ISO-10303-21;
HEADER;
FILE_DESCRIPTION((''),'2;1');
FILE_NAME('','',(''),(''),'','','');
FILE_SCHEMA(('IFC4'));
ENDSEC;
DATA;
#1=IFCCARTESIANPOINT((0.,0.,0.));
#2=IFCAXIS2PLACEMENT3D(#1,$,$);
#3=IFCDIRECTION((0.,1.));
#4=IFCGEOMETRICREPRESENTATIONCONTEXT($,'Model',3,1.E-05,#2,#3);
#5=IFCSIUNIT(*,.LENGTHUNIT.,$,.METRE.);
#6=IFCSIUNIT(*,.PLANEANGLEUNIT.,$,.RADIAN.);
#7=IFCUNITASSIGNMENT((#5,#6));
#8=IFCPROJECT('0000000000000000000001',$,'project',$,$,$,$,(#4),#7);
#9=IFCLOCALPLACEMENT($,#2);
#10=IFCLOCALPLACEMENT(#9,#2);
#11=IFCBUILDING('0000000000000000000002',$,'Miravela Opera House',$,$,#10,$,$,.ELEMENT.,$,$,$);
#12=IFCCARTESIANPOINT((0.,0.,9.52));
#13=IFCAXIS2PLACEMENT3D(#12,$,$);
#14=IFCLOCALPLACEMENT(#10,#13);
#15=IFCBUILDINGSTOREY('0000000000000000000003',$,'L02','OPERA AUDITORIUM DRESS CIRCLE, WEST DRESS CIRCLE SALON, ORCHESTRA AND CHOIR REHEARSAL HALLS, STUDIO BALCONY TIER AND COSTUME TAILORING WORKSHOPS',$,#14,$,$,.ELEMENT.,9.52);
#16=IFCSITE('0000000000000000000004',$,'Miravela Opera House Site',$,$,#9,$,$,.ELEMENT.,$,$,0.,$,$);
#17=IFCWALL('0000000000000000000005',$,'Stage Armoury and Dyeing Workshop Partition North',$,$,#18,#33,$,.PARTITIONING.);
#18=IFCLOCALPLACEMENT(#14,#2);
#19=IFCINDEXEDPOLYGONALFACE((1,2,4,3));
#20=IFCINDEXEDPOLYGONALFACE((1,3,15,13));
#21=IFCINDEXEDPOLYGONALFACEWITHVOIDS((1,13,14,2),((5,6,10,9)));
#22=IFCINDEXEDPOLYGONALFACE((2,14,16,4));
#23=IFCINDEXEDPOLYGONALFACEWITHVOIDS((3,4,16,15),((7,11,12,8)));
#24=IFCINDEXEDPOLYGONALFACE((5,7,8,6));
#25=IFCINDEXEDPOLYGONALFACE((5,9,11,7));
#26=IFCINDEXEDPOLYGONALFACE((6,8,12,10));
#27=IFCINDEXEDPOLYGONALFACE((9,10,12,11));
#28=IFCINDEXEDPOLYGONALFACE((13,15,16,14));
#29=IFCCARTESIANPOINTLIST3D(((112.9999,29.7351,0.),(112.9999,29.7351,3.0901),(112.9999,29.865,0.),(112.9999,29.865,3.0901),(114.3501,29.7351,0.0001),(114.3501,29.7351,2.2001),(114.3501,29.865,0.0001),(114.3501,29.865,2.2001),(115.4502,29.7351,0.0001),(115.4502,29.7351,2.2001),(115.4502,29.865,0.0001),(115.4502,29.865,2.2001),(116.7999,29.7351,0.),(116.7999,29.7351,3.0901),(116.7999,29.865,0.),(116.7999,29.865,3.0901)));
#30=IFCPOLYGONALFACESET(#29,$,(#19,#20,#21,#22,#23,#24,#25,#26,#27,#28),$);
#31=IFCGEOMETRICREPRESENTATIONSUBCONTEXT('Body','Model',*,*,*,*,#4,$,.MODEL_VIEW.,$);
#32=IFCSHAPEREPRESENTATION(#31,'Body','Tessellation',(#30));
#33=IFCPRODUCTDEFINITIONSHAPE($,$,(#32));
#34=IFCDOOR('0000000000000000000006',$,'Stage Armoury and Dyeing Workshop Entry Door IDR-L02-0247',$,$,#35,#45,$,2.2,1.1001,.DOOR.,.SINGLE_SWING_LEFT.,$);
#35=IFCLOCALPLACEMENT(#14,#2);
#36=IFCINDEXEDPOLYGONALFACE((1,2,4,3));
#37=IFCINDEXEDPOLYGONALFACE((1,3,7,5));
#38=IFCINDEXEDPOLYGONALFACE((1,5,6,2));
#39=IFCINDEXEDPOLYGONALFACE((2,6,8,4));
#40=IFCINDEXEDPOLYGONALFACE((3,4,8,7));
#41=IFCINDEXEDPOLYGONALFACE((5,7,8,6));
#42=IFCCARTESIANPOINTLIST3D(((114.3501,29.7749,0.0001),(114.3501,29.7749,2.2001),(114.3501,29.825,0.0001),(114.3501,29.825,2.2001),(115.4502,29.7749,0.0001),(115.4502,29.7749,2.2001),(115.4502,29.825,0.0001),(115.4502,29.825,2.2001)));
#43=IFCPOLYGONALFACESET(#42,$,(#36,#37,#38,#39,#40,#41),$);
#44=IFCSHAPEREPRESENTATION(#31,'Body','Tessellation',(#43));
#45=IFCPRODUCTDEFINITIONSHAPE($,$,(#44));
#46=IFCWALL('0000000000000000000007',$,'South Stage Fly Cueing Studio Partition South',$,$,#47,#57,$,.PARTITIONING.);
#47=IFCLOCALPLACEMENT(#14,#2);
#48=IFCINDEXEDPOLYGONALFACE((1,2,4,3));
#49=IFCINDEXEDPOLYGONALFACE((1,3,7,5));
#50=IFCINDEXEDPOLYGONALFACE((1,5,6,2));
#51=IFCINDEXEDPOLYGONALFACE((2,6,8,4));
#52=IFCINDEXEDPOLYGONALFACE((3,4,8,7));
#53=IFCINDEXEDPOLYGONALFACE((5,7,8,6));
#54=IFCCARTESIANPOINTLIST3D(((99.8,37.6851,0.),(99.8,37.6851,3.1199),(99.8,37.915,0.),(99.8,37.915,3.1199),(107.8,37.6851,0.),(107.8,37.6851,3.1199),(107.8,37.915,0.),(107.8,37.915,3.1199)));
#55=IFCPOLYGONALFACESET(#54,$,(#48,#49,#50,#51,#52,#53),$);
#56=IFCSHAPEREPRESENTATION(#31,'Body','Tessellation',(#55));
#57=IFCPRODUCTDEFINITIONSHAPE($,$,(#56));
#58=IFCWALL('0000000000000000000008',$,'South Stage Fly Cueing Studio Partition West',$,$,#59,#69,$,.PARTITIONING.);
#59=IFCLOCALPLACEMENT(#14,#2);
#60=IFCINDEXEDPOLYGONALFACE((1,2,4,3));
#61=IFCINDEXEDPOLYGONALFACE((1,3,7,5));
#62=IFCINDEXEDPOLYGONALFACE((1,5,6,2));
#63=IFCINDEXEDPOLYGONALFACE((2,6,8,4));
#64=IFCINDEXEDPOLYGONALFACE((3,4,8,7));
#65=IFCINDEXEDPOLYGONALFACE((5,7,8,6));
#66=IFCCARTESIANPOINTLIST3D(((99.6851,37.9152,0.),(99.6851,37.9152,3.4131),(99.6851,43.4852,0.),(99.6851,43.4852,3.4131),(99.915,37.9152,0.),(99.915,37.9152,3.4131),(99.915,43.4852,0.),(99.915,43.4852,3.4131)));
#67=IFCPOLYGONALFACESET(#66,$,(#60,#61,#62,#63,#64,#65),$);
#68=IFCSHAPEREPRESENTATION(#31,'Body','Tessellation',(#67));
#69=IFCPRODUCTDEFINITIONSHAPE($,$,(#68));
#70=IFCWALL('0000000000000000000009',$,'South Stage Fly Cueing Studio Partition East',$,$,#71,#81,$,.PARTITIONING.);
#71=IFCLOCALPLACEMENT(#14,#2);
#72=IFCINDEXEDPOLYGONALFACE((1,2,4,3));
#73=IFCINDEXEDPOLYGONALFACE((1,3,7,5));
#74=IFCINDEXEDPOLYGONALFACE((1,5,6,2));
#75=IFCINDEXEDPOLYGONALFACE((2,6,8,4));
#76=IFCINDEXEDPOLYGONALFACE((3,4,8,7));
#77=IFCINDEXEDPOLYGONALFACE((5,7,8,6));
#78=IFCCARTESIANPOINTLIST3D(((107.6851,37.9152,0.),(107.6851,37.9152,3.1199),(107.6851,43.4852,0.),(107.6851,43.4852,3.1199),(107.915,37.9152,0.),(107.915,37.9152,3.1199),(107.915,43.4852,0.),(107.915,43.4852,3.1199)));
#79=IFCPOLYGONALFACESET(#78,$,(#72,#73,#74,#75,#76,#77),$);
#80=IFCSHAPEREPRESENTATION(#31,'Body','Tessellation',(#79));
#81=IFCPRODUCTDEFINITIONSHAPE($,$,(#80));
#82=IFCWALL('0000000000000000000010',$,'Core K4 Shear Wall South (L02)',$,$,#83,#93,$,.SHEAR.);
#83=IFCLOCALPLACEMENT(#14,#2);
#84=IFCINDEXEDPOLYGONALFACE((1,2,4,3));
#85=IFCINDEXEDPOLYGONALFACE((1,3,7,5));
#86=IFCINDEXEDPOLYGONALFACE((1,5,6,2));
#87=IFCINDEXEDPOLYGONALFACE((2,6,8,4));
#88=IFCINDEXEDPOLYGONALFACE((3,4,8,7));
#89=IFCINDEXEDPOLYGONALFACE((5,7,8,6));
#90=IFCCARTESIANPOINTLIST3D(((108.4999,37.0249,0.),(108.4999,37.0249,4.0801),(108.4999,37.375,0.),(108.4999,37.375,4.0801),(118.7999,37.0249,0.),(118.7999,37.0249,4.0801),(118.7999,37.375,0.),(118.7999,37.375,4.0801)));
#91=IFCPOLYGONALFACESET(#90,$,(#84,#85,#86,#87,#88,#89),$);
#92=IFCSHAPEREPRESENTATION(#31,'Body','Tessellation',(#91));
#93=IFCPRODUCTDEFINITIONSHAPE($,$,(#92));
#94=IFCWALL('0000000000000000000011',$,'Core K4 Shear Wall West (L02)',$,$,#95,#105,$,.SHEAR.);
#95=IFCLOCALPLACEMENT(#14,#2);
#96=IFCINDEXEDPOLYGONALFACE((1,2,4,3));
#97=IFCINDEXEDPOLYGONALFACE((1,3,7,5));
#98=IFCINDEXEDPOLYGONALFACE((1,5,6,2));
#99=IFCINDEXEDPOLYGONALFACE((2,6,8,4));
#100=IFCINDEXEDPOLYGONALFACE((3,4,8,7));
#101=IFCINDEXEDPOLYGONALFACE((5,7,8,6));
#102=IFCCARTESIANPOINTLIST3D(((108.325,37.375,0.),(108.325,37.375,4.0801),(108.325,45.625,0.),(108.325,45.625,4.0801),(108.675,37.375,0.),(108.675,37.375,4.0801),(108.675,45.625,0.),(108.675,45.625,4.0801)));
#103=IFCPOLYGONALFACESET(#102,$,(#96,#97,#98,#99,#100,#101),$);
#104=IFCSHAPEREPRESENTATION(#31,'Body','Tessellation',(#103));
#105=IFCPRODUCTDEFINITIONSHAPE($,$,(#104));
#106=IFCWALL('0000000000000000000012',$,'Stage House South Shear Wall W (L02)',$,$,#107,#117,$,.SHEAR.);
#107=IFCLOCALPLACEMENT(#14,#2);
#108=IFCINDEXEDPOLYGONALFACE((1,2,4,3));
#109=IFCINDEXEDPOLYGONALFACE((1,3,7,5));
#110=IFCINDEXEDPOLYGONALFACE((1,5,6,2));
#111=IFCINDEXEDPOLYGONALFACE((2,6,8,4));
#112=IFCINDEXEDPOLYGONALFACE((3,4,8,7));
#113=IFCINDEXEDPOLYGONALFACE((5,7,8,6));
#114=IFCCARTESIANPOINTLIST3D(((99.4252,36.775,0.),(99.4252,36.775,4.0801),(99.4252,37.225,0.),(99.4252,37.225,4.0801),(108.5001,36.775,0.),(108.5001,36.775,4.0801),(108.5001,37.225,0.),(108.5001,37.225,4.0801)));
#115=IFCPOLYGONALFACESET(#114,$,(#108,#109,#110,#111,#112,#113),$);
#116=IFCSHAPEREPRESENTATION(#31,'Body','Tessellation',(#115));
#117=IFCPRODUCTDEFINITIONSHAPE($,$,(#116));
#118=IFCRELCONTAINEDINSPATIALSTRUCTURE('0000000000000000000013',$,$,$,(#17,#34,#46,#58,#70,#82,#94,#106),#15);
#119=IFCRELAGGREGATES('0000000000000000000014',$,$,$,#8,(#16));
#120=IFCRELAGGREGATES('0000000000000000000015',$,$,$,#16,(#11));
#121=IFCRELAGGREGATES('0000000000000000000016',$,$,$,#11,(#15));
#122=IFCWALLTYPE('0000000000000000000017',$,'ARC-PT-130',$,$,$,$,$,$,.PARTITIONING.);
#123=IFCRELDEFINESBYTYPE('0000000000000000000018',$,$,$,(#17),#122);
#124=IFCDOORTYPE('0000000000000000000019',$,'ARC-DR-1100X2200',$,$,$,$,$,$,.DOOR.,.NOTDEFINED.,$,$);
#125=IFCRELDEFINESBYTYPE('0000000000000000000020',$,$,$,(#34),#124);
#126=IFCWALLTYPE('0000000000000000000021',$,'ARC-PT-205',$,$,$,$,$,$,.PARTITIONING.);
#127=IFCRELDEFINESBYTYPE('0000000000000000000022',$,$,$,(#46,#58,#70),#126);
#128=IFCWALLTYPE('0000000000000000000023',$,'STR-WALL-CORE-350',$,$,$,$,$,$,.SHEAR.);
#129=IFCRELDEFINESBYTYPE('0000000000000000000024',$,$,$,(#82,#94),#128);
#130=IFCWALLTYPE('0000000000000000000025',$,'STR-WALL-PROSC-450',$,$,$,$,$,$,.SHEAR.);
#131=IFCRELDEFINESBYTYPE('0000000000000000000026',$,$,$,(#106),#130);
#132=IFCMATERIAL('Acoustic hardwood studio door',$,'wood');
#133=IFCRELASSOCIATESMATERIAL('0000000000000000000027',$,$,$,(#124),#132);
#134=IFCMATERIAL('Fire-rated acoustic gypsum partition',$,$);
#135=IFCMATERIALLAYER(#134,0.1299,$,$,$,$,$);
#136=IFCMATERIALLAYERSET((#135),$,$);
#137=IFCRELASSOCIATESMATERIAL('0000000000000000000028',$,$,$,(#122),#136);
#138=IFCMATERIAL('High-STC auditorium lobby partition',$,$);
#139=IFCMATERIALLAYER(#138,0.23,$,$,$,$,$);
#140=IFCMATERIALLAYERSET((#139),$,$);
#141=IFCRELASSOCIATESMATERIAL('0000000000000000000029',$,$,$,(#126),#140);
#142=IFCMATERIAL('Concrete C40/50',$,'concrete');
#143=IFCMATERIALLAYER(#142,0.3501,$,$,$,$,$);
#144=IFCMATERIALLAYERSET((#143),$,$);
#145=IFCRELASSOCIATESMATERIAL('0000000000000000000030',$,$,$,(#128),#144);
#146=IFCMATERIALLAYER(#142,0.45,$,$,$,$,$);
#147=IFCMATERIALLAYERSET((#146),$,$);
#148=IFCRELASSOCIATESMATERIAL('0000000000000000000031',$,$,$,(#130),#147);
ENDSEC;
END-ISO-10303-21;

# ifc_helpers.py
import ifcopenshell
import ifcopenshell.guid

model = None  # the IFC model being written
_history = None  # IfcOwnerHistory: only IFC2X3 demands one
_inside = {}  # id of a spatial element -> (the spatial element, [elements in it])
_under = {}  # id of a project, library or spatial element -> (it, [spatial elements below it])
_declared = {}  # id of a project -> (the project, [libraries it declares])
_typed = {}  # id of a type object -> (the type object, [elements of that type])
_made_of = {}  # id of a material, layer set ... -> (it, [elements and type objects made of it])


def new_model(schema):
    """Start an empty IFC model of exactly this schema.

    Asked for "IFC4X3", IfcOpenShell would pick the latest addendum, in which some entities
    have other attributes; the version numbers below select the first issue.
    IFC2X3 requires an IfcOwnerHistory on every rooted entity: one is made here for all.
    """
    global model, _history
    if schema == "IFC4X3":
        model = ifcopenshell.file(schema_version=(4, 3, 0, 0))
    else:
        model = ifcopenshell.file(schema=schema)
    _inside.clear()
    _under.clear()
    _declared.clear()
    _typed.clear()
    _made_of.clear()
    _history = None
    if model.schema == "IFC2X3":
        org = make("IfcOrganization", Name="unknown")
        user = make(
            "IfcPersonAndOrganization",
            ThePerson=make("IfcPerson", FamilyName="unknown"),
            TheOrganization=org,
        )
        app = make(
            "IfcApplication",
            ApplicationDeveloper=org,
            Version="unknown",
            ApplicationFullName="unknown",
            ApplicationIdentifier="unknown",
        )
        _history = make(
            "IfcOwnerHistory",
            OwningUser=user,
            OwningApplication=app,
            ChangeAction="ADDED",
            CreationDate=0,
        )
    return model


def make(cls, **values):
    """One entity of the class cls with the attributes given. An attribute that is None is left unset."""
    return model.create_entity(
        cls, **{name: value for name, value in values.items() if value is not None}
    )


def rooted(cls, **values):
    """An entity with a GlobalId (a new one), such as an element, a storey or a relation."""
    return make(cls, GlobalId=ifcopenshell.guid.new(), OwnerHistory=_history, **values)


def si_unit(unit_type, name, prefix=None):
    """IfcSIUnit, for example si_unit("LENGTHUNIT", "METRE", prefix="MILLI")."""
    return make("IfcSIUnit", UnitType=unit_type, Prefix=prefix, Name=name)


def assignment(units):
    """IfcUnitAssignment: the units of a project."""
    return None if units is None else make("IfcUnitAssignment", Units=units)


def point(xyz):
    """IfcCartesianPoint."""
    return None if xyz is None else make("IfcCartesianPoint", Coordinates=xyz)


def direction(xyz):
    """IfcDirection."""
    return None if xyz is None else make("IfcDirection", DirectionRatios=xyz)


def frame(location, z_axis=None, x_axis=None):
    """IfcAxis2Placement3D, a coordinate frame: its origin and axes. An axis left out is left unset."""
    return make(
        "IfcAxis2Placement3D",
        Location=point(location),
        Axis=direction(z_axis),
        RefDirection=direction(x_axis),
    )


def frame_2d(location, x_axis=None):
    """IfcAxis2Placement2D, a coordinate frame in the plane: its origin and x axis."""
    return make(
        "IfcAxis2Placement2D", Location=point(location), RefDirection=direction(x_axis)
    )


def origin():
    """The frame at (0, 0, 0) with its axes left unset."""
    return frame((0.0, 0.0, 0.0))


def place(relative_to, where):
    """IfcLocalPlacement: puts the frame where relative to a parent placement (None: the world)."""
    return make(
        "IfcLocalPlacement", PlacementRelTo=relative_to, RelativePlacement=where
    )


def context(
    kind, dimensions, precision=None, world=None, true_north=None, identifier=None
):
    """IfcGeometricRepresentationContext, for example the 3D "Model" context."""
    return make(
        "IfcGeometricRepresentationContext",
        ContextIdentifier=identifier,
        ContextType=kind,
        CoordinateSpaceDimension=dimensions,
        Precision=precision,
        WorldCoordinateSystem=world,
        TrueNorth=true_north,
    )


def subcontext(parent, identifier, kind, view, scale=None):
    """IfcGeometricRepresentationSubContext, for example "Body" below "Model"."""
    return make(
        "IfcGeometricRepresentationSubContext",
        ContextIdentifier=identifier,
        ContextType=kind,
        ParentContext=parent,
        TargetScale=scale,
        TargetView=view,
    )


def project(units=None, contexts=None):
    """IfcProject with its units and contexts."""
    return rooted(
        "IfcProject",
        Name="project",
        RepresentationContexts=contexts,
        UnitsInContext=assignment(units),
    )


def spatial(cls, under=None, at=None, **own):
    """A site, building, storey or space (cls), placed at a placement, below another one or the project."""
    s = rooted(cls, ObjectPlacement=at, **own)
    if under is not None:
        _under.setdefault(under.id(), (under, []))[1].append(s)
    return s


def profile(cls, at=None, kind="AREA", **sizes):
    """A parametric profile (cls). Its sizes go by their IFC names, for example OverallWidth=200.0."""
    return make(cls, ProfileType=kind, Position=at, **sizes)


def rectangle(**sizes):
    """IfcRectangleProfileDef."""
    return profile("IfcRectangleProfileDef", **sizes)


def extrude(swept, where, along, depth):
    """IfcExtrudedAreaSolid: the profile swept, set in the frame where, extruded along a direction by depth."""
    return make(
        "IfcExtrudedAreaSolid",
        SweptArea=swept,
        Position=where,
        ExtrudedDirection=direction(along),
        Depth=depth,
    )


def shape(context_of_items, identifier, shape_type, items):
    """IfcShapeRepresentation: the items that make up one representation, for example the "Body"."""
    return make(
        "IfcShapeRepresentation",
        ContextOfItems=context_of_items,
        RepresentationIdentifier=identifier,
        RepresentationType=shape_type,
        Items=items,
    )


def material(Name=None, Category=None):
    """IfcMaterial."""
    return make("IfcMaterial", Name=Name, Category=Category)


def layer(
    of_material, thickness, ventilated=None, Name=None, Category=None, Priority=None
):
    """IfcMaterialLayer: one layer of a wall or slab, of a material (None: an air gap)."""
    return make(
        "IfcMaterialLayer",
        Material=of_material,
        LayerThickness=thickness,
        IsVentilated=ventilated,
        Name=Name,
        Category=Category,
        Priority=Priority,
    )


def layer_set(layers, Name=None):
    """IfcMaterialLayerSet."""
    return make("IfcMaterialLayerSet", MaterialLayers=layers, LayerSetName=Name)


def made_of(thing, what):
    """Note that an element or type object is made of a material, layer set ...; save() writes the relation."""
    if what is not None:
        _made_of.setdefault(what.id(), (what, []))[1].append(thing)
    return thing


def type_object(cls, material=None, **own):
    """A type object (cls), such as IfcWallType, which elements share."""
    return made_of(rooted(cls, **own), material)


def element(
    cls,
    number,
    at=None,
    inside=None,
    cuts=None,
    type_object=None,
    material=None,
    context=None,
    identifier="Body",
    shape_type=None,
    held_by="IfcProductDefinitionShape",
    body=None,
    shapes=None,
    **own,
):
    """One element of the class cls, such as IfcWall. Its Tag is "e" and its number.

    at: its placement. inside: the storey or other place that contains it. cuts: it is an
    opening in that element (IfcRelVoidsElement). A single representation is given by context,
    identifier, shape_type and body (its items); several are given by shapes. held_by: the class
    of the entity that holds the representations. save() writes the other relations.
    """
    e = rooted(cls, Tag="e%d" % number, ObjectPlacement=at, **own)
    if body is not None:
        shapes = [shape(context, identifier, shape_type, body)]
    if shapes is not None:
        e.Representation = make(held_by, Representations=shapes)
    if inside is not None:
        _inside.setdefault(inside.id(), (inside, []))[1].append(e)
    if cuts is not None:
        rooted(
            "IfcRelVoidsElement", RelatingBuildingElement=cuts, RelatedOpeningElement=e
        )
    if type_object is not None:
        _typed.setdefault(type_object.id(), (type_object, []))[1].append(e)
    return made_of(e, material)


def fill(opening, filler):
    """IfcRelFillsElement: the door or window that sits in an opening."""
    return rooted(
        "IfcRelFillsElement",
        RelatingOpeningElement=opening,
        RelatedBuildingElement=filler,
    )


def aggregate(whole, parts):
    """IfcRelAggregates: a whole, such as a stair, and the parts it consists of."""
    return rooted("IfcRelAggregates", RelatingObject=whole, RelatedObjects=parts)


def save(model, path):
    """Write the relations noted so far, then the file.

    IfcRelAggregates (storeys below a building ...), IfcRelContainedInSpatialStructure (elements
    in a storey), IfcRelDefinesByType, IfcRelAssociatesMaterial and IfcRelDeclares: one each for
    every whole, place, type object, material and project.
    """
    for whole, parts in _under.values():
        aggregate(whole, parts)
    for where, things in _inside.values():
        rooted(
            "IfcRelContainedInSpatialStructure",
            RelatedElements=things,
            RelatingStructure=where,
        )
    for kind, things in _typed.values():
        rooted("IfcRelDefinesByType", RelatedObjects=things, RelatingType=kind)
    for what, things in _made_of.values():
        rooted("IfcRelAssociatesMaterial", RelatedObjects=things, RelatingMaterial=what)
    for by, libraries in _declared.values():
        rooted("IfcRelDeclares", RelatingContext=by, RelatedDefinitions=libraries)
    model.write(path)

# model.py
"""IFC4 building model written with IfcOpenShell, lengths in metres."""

from ifc_helpers import new_model, si_unit, direction, frame, frame_2d, origin, place, context, subcontext, project, spatial, rectangle, extrude, material, layer, layer_set, type_object, element, fill, save


model = new_model("IFC4")

# Units and contexts
model_context = context("Model", 3, precision=1e-05, world=origin(), true_north=direction((0.0, 1.0)))
body_context = subcontext(model_context, "Body", "Model", "MODEL_VIEW")
ifc_project = project(units=[si_unit("LENGTHUNIT", "METRE"), si_unit("PLANEANGLEUNIT", "RADIAN")], contexts=[model_context])

# Site, building, storey
site_placement = place(None, origin())
site = spatial("IfcSite", under=ifc_project, at=site_placement, Name="Miravela Opera House Site", CompositionType="ELEMENT", RefElevation=0.0)
building_placement = place(site_placement, origin())
building = spatial("IfcBuilding", under=site, at=building_placement, Name="Miravela Opera House", CompositionType="ELEMENT")
storey_placement = place(building_placement, frame((0.0, 0.0, 9.52)))
storey = spatial("IfcBuildingStorey", under=building, at=storey_placement, Name="L02", Description="OPERA AUDITORIUM DRESS CIRCLE, WEST DRESS CIRCLE SALON, ORCHESTRA AND CHOIR REHEARSAL HALLS, STUDIO BALCONY TIER AND COSTUME TAILORING WORKSHOPS", CompositionType="ELEMENT", Elevation=9.52)

# Shared definitions
ifc_material_1 = material(Name="Concrete C40/50", Category="concrete")

# Shared definitions
ifc_material_2 = material(Name="Acoustic hardwood studio door", Category="wood")
door_type = type_object("IfcDoorType", Name="ARC-DR-1100X2200", OperationType="NOTDEFINED", PredefinedType="DOOR", material=ifc_material_2)

# Wall, opening, door
ifc_material_3 = material(Name="Fire-rated acoustic gypsum partition")
ifc_layer_1 = layer(ifc_material_3, 0.1299)
ifc_layer_set_1 = layer_set([ifc_layer_1])
wall_type_1 = type_object("IfcWallType", Name="ARC-PT-130", PredefinedType="PARTITIONING", material=ifc_layer_set_1)
wall_1_placement = place(storey_placement, frame((113.0, 29.8, 0.0), z_axis=(0.0, 0.0, 1.0), x_axis=(1.0, 0.0, 0.0)))
wall_1 = element("IfcWall", 1, at=wall_1_placement, inside=storey, type_object=wall_type_1, Name="Stage Armoury and Dyeing Workshop Partition North", PredefinedType="PARTITIONING", context=body_context, shape_type="SweptSolid", body=[
    extrude(rectangle(XDim=3.8, YDim=0.1299, at=frame_2d((1.8999, 0.0))), origin(), (0.0, 0.0, 1.0), 3.0901),
])
opening_1_placement = place(wall_1_placement, frame((1.3501, 0.0, 0.0)))
opening_1 = element("IfcOpeningElement", 2, at=opening_1_placement, cuts=wall_1, PredefinedType="OPENING", context=body_context, shape_type="SweptSolid", body=[
    extrude(rectangle(XDim=1.1001, YDim=2.2, at=frame_2d((0.55, 1.1001))), frame((0.0, 0.075, 0.0), z_axis=(0.0, -1.0, 0.0), x_axis=(1.0, 0.0, 0.0)), (0.0, 0.0, 1.0), 0.1499),
])
door_1_placement = place(opening_1_placement, origin())
door_1 = element("IfcDoor", 3, at=door_1_placement, inside=storey, type_object=door_type, Name="Stage Armoury and Dyeing Workshop Entry Door IDR-L02-0247", OperationType="SINGLE_SWING_LEFT", OverallHeight=2.2, OverallWidth=1.1001, PredefinedType="DOOR", context=body_context, shape_type="SweptSolid", body=[
    extrude(rectangle(XDim=1.1001, YDim=2.2, at=frame_2d((0.55, 1.1001))), frame((0.0, 0.0249, 0.0), z_axis=(0.0, -1.0, 0.0), x_axis=(1.0, 0.0, 0.0)), (0.0, 0.0, 1.0), 0.05),
])
fill(opening_1, door_1)

# Walls
ifc_material_4 = material(Name="High-STC auditorium lobby partition")
ifc_layer_2 = layer(ifc_material_4, 0.23)
ifc_layer_set_2 = layer_set([ifc_layer_2])
wall_type_2 = type_object("IfcWallType", Name="ARC-PT-205", PredefinedType="PARTITIONING", material=ifc_layer_set_2)
wall_2_placement = place(storey_placement, frame((99.8, 37.8, 0.0), z_axis=(0.0, 0.0, 1.0), x_axis=(1.0, 0.0, 0.0)))
element("IfcWall", 4, at=wall_2_placement, inside=storey, type_object=wall_type_2, Name="South Stage Fly Cueing Studio Partition South", PredefinedType="PARTITIONING", context=body_context, shape_type="SweptSolid", body=[
    extrude(rectangle(XDim=8.0, YDim=0.23, at=frame_2d((4.0, 0.0))), origin(), (0.0, 0.0, 1.0), 3.1199),
])
wall_3_placement = place(storey_placement, frame((99.8, 37.915, 0.0), z_axis=(0.0, 0.0, 1.0), x_axis=(0.0, 1.0, 0.0)))
element("IfcWall", 5, at=wall_3_placement, inside=storey, type_object=wall_type_2, Name="South Stage Fly Cueing Studio Partition West", PredefinedType="PARTITIONING", context=body_context, shape_type="SweptSolid", body=[
    extrude(rectangle(XDim=5.5701, YDim=0.23, at=frame_2d((2.7852, 0.0))), origin(), (0.0, 0.0, 1.0), 3.4131),
])
wall_4_placement = place(storey_placement, frame((107.8, 37.915, 0.0), z_axis=(0.0, 0.0, 1.0), x_axis=(0.0, 1.0, 0.0)))
element("IfcWall", 6, at=wall_4_placement, inside=storey, type_object=wall_type_2, Name="South Stage Fly Cueing Studio Partition East", PredefinedType="PARTITIONING", context=body_context, shape_type="SweptSolid", body=[
    extrude(rectangle(XDim=5.5701, YDim=0.23, at=frame_2d((2.7852, 0.0))), origin(), (0.0, 0.0, 1.0), 3.1199),
])
ifc_layer_3 = layer(ifc_material_1, 0.3501)
ifc_layer_set_3 = layer_set([ifc_layer_3])
wall_type_3 = type_object("IfcWallType", Name="STR-WALL-CORE-350", PredefinedType="SHEAR", material=ifc_layer_set_3)
wall_5_placement = place(storey_placement, frame((108.5, 37.2, 0.0), z_axis=(0.0, 0.0, 1.0), x_axis=(1.0, 0.0, 0.0)))
element("IfcWall", 7, at=wall_5_placement, inside=storey, type_object=wall_type_3, Name="Core K4 Shear Wall South (L02)", PredefinedType="SHEAR", context=body_context, shape_type="SweptSolid", body=[
    extrude(rectangle(XDim=10.3, YDim=0.3501, at=frame_2d((5.1499, 0.0))), origin(), (0.0, 0.0, 1.0), 4.0801),
])
wall_6_placement = place(storey_placement, frame((108.5, 37.375, 0.0), z_axis=(0.0, 0.0, 1.0), x_axis=(0.0, 1.0, 0.0)))
element("IfcWall", 8, at=wall_6_placement, inside=storey, type_object=wall_type_3, Name="Core K4 Shear Wall West (L02)", PredefinedType="SHEAR", context=body_context, shape_type="SweptSolid", body=[
    extrude(rectangle(XDim=8.25, YDim=0.3501, at=frame_2d((4.125, 0.0))), origin(), (0.0, 0.0, 1.0), 4.0801),
])
ifc_layer_4 = layer(ifc_material_1, 0.45)
ifc_layer_set_4 = layer_set([ifc_layer_4])
wall_type_4 = type_object("IfcWallType", Name="STR-WALL-PROSC-450", PredefinedType="SHEAR", material=ifc_layer_set_4)
wall_7_placement = place(storey_placement, frame((99.425, 37.0, 0.0), z_axis=(0.0, 0.0, 1.0), x_axis=(1.0, 0.0, 0.0)))
element("IfcWall", 9, at=wall_7_placement, inside=storey, type_object=wall_type_4, Name="Stage House South Shear Wall W (L02)", PredefinedType="SHEAR", context=body_context, shape_type="SweptSolid", body=[
    extrude(rectangle(XDim=9.075, YDim=0.45, at=frame_2d((4.5376, 0.0))), origin(), (0.0, 0.0, 1.0), 4.0801),
])

save(model, "model.ifc")
